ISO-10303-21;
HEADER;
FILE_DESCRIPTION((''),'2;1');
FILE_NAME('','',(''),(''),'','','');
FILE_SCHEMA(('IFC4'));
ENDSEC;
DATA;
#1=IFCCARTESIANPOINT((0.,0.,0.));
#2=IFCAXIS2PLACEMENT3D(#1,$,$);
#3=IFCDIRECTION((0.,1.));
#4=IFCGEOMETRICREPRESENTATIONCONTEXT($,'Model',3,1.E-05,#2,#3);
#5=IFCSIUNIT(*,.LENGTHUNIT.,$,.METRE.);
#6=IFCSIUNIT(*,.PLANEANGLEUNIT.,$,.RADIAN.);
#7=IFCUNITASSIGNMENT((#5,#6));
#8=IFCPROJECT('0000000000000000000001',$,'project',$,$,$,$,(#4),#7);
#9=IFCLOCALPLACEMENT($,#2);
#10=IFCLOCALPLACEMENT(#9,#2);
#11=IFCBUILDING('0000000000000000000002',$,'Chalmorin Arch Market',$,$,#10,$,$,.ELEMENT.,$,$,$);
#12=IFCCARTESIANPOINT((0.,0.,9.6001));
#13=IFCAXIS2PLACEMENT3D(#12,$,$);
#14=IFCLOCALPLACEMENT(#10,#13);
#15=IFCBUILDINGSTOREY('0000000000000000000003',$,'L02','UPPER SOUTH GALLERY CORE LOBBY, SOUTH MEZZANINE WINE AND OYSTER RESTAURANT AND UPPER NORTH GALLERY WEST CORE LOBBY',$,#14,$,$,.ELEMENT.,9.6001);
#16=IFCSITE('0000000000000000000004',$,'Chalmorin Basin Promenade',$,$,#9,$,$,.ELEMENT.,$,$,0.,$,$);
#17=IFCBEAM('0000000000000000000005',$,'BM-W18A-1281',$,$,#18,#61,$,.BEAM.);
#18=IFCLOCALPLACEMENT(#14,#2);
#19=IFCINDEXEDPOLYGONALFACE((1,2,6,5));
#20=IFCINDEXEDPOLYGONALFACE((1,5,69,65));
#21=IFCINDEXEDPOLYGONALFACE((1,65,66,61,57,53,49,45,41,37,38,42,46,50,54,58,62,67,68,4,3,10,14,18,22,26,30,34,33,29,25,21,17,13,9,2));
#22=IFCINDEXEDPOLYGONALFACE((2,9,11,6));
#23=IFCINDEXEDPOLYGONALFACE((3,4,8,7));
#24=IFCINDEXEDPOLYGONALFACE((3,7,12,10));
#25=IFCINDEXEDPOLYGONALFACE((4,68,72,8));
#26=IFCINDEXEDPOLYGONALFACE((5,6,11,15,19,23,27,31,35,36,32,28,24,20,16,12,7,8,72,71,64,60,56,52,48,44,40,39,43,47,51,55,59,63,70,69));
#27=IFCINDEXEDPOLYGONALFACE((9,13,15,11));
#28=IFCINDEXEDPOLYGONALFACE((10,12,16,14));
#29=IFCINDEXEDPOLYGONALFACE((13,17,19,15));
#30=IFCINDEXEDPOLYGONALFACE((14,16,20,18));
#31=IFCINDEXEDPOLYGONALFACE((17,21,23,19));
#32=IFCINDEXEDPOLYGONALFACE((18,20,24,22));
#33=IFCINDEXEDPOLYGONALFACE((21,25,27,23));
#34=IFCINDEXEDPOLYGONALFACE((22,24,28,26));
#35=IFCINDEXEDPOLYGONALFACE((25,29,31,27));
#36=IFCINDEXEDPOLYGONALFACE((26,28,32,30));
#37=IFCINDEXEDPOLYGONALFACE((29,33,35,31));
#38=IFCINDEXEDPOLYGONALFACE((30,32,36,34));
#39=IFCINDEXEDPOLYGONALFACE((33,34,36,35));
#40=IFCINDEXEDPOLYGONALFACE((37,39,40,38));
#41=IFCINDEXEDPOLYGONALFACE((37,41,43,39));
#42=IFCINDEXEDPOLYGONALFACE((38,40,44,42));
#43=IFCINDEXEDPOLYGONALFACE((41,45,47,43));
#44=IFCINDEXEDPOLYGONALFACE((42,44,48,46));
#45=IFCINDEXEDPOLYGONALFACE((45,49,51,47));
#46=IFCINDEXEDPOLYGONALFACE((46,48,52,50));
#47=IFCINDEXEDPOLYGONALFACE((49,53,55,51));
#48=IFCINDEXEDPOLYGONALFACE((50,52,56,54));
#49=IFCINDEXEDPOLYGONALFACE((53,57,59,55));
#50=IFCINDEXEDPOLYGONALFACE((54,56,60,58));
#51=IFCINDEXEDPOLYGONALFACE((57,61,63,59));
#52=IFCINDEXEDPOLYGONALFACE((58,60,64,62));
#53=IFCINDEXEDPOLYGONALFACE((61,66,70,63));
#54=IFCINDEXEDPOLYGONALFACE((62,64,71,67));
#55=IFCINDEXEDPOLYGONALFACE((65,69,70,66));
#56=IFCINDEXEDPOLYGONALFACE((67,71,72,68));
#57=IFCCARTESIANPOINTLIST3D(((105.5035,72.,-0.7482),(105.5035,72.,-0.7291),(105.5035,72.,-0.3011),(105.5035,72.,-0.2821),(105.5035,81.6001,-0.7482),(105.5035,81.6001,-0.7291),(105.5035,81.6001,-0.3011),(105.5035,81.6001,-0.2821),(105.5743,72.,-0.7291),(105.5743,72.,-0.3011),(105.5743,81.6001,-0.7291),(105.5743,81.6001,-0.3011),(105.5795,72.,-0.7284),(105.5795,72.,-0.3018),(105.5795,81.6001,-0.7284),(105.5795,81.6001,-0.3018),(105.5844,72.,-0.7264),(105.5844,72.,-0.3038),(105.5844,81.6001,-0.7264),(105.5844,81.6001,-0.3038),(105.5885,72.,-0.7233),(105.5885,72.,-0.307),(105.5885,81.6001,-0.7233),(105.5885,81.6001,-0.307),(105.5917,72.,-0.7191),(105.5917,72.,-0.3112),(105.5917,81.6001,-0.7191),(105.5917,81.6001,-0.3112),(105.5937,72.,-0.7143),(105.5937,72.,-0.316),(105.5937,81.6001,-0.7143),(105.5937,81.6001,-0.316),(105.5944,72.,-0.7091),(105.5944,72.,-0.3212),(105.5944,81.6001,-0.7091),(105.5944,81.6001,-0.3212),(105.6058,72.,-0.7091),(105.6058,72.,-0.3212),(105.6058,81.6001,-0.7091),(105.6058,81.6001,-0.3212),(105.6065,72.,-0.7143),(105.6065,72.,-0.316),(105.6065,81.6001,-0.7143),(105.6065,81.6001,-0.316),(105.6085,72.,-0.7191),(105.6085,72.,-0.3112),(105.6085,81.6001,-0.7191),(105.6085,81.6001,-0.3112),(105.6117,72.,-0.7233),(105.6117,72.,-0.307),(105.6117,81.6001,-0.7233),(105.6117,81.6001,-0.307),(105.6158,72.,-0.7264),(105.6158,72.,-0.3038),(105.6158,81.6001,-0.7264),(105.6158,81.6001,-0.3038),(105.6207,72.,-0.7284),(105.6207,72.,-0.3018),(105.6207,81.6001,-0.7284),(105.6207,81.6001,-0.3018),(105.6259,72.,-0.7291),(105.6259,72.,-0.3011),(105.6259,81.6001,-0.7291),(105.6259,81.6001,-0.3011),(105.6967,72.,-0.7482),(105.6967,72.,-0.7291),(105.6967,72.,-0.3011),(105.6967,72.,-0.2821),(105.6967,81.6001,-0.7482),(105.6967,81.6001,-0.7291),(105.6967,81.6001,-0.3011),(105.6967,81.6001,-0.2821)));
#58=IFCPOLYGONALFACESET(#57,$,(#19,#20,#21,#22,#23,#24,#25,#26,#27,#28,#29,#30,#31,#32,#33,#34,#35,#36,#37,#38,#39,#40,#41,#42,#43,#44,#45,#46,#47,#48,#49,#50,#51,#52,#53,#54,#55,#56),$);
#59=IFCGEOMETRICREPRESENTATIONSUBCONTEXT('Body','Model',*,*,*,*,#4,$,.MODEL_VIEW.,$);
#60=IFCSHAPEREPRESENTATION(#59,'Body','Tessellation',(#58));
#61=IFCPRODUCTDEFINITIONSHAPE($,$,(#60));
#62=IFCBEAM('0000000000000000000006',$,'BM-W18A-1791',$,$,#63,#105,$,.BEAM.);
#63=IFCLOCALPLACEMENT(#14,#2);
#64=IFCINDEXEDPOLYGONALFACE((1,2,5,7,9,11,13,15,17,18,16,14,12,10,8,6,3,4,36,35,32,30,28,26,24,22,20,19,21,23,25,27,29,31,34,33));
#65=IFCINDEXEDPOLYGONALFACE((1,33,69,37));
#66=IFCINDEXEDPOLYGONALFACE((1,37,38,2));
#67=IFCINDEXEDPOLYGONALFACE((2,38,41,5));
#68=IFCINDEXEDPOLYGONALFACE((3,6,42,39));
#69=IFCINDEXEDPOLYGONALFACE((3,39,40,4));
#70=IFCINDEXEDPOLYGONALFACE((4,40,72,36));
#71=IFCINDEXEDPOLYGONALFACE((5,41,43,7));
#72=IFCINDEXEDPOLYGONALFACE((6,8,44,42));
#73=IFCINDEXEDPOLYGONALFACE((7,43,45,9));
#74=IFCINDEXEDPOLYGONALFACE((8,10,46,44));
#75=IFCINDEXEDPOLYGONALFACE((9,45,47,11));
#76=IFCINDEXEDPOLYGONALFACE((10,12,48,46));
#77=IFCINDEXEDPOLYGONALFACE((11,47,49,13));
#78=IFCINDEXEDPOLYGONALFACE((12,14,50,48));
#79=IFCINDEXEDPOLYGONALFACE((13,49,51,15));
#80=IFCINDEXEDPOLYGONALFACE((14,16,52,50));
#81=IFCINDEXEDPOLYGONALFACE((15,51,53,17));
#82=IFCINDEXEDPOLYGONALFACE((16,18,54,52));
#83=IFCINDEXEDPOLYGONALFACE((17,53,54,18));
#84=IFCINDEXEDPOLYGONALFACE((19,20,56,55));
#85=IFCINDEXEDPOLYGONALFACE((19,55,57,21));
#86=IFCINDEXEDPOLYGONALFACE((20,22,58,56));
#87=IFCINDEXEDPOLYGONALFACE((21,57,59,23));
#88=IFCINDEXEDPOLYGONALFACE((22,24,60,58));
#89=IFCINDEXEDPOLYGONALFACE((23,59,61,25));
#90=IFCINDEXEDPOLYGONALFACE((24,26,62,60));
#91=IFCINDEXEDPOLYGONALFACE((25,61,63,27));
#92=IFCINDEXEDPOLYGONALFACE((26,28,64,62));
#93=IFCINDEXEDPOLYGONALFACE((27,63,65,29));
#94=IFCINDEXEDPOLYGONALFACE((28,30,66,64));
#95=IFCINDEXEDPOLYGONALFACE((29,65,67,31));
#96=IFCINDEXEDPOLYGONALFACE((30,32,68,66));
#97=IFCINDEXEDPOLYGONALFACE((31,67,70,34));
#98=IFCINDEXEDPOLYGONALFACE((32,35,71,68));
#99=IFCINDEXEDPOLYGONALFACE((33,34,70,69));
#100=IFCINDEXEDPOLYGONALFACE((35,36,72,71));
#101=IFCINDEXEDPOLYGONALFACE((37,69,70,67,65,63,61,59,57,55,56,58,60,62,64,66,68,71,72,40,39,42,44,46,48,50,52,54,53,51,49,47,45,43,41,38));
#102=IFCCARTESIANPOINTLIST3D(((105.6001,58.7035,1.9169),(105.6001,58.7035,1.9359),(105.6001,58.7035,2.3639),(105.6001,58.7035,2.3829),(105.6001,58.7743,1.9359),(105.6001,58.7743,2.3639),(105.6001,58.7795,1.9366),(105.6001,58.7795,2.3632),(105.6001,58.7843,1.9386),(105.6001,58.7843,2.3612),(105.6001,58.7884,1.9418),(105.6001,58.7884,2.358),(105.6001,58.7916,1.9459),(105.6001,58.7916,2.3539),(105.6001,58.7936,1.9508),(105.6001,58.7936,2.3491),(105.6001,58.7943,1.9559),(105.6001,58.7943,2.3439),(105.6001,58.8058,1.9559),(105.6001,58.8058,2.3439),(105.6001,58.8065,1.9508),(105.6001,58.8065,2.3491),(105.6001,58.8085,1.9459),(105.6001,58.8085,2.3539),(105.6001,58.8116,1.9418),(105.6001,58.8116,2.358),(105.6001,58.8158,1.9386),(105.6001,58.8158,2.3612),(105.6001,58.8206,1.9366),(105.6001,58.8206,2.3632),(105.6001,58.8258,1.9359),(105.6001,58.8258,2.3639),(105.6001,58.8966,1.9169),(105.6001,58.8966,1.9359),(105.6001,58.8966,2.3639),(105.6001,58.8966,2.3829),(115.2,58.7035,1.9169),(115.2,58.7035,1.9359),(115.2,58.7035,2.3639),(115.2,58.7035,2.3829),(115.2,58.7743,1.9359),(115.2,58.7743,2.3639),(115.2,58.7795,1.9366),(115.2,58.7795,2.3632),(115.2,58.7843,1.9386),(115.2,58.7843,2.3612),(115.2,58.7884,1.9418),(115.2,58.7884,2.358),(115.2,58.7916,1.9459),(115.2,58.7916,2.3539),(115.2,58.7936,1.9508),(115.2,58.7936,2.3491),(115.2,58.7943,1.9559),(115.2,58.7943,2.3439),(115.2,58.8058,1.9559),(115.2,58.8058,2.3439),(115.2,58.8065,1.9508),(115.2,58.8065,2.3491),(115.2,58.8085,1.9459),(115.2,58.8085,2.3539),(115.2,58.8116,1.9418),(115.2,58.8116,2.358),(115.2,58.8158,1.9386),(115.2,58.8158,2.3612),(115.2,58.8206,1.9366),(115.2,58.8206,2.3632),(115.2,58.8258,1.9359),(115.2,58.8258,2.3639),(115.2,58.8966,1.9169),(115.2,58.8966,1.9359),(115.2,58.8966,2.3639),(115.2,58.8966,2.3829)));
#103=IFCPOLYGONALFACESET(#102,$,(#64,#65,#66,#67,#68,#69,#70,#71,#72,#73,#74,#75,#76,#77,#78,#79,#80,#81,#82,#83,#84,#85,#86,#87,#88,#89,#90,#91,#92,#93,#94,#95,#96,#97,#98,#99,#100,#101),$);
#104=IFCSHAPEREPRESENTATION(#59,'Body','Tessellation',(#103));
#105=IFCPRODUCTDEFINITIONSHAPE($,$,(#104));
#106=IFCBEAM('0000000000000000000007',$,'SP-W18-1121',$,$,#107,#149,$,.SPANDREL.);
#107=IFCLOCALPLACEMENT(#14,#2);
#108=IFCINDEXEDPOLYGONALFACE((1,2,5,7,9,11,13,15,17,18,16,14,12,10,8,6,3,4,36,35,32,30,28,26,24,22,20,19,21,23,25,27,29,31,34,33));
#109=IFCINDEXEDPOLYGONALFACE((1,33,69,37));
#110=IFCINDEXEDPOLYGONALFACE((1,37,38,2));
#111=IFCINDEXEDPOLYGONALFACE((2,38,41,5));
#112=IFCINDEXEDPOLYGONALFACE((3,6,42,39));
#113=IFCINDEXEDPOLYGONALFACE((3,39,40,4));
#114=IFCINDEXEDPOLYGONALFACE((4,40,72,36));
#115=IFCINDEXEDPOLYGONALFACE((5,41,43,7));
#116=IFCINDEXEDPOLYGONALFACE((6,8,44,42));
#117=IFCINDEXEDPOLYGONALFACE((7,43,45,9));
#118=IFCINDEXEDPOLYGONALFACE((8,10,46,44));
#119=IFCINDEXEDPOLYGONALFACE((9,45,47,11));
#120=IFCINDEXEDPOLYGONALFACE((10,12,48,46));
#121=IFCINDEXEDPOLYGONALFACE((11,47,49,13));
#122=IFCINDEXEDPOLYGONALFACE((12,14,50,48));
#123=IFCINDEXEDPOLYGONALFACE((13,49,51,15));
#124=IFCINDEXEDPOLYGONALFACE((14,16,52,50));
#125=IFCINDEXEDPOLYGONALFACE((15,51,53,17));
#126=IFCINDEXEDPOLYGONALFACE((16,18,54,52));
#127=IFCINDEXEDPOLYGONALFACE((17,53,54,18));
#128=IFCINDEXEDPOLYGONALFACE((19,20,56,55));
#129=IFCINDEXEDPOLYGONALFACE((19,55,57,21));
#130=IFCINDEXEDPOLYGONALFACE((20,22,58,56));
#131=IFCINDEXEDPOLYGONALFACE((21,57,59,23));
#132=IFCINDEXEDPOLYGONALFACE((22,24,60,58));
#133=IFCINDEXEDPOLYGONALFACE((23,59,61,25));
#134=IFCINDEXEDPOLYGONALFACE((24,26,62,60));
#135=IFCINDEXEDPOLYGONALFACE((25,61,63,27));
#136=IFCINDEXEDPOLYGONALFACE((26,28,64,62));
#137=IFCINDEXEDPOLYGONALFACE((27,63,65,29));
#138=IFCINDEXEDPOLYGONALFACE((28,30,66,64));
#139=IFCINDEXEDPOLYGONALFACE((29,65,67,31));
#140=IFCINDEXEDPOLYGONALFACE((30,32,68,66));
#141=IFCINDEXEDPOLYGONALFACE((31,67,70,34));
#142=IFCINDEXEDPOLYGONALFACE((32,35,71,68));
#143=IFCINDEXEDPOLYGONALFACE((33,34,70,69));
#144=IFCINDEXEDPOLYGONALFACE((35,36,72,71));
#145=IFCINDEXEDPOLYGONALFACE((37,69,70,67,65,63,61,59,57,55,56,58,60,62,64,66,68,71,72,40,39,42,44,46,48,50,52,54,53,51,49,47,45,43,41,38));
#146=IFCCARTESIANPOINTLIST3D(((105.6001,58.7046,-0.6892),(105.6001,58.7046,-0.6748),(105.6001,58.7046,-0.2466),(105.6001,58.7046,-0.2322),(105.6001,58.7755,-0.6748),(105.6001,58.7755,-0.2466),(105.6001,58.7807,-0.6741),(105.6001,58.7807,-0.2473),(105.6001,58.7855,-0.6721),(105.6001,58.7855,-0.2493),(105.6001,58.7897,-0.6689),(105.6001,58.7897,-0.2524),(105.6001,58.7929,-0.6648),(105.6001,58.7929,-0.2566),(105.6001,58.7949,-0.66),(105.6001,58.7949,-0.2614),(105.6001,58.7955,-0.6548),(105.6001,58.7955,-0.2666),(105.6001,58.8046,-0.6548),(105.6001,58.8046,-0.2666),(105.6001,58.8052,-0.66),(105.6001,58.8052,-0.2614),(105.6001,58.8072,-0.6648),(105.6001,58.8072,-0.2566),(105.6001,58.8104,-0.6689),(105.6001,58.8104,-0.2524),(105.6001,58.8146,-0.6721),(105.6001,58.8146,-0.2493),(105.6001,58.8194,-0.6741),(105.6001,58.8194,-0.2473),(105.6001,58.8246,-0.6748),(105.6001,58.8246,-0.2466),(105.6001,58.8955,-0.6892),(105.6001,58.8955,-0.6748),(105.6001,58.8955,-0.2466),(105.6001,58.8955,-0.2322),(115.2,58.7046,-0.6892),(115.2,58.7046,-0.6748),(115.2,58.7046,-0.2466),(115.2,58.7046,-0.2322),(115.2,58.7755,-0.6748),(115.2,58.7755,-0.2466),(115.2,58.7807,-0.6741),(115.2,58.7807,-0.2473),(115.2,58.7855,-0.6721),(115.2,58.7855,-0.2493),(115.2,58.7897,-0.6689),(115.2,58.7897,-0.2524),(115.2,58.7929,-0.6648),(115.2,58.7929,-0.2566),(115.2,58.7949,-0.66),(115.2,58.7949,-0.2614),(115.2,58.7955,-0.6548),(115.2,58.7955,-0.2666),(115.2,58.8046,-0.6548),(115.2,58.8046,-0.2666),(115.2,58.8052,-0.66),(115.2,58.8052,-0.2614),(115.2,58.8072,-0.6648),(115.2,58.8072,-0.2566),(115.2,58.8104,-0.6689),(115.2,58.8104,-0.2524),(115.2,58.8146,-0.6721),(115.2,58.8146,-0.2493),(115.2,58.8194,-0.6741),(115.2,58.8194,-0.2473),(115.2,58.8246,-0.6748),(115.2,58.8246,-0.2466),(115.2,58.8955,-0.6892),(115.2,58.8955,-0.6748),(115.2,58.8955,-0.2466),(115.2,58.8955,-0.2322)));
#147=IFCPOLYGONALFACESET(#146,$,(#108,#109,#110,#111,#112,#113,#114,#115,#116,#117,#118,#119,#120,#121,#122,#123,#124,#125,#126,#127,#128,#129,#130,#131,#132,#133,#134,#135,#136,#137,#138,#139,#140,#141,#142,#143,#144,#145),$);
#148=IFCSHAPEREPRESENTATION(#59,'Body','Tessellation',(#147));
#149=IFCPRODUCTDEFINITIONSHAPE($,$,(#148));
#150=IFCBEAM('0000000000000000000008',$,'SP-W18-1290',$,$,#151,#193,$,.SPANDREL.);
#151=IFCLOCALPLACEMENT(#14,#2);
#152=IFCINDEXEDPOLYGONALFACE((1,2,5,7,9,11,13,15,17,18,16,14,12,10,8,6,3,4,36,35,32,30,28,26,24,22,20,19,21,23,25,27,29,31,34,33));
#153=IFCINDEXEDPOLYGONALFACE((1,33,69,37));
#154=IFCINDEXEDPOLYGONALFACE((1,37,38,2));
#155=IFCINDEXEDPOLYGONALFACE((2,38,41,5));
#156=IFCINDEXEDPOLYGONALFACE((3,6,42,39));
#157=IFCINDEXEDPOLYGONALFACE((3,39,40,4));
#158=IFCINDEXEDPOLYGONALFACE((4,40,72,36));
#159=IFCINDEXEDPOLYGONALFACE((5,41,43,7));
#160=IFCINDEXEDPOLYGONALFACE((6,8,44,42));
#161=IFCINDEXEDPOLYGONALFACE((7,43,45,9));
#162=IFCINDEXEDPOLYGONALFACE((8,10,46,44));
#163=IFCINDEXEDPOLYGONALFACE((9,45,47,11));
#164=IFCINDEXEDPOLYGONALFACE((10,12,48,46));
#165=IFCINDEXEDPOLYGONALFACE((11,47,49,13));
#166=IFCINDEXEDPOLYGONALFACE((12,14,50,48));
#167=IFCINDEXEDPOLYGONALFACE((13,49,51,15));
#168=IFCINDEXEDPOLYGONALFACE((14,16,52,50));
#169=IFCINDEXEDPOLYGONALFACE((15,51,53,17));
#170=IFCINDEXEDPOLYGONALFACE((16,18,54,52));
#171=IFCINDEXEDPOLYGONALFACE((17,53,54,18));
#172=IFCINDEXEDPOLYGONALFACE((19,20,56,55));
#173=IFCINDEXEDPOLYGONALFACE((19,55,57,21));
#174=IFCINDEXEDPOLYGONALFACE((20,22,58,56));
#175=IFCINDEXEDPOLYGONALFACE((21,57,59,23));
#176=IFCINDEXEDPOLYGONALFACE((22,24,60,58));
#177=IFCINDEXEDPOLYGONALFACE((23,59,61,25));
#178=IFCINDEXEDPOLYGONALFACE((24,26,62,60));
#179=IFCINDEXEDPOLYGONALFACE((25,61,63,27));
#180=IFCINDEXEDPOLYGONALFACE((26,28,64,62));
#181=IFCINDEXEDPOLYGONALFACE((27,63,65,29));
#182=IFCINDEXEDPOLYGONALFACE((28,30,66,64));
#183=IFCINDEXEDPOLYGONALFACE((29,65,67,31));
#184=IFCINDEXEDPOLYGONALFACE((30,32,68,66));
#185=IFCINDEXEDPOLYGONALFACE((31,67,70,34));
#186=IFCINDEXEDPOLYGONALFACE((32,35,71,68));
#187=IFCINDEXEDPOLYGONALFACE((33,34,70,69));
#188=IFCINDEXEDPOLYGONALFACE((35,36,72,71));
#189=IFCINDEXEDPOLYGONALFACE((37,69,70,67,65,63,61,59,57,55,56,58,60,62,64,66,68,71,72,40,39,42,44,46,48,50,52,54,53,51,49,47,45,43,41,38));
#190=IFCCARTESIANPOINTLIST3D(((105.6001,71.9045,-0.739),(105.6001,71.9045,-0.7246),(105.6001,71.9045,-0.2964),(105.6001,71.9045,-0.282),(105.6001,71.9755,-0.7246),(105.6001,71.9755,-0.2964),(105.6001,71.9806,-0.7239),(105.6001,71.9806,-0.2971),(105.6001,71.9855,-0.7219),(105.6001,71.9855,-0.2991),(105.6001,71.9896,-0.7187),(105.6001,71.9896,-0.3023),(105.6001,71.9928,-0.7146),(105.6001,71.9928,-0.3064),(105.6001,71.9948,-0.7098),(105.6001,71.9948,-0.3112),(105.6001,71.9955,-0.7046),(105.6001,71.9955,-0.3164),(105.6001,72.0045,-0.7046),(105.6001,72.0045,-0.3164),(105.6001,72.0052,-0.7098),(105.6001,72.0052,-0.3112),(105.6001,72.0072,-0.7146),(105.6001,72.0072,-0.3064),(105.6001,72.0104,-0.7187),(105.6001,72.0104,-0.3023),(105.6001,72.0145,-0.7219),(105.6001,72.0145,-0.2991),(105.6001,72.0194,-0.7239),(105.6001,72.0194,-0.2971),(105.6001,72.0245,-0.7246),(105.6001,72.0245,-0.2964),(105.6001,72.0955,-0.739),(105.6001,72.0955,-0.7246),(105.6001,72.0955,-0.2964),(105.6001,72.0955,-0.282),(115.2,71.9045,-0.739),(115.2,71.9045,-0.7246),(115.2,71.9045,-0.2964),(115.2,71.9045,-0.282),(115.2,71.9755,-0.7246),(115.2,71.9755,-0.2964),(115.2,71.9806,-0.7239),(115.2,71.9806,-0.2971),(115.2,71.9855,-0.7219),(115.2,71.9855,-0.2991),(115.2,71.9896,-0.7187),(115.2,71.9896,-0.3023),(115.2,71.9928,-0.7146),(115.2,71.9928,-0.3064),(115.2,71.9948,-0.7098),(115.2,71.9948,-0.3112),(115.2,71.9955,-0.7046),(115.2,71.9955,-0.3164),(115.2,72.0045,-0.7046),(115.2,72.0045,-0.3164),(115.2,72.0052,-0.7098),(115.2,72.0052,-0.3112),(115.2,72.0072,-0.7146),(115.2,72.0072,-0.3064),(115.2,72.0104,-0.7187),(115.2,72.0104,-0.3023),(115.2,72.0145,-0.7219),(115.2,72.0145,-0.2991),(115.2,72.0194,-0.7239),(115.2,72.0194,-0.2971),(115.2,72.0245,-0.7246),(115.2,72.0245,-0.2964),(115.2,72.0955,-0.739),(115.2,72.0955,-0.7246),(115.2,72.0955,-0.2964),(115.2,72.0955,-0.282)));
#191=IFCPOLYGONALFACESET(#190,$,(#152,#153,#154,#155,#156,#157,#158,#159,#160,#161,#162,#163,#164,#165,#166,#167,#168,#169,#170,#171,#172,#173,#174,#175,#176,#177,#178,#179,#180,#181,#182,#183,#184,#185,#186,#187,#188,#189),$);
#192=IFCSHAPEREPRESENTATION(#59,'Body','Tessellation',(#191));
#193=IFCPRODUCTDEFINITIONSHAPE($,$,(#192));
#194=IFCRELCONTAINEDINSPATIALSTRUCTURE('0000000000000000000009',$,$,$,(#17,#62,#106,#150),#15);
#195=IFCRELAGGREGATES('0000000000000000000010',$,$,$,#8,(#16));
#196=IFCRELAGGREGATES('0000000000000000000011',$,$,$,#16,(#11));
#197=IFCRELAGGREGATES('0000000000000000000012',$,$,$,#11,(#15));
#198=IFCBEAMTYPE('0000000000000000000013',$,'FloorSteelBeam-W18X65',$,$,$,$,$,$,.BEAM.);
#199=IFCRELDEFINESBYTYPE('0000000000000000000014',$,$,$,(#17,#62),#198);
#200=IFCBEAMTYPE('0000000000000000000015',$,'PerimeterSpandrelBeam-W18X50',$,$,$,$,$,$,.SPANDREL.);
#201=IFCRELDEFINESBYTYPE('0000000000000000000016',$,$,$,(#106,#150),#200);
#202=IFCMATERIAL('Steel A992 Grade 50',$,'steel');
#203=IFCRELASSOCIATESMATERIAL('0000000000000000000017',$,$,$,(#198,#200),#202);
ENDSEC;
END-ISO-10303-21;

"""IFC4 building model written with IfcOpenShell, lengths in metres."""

from ifc_helpers import new_model, si_unit, direction, frame, origin, origin_2d, place, context, subcontext, project, spatial, i_section, extrude, material, material_profile, profile_set, type_object, element, save


model = new_model("IFC4")

# Units and contexts
model_context = context("Model", 3, precision=1e-05, world=origin(), true_north=direction((0.0, 1.0)))
body_context = subcontext(model_context, "Body", "Model", "MODEL_VIEW")
ifc_project = project(units=[si_unit("LENGTHUNIT", "METRE"), si_unit("PLANEANGLEUNIT", "RADIAN")], contexts=[model_context])

# Site, building, storey
site_placement = place(None, origin())
site = spatial("IfcSite", under=ifc_project, at=site_placement, Name="Chalmorin Basin Promenade", CompositionType="ELEMENT", RefElevation=0.0)
building_placement = place(site_placement, origin())
building = spatial("IfcBuilding", under=site, at=building_placement, Name="Chalmorin Arch Market", CompositionType="ELEMENT")
storey_placement = place(building_placement, frame((0.0, 0.0, 9.6001)))
storey = spatial("IfcBuildingStorey", under=building, at=storey_placement, Name="L02", Description="UPPER SOUTH GALLERY CORE LOBBY, SOUTH MEZZANINE WINE AND OYSTER RESTAURANT AND UPPER NORTH GALLERY WEST CORE LOBBY", CompositionType="ELEMENT", Elevation=9.6001)

# Beams
ifc_material_1 = material(Name="Steel A992 Grade 50", Category="steel")
ifc_material_profile_1 = material_profile(ifc_material_1, i_section(OverallWidth=0.1931, OverallDepth=0.4661, WebThickness=0.0115, FlangeThickness=0.019, FilletRadius=0.02, at=origin_2d()), Name="W18X65")
ifc_profile_set_1 = profile_set([ifc_material_profile_1], Name="Steel A992 Grade 50")
beam_type_1 = type_object("IfcBeamType", Name="FloorSteelBeam-W18X65", PredefinedType="BEAM", material=ifc_profile_set_1)
beam_1_placement = place(storey_placement, frame((105.6001, 72.0, -0.5151), z_axis=(0.0, 1.0, 0.0), x_axis=(-1.0, 0.0, 0.0)))
element("IfcBeam", 1, at=beam_1_placement, inside=storey, type_object=beam_type_1, Name="BM-W18A-1281", PredefinedType="BEAM", context=body_context, shape_type="SweptSolid", body=[
    extrude(i_section(OverallWidth=0.1931, OverallDepth=0.4661, WebThickness=0.0115, FlangeThickness=0.019, FilletRadius=0.02, at=origin_2d()), origin(), (0.0, 0.0, 1.0), 9.6001),
])
beam_2_placement = place(storey_placement, frame((105.6001, 58.8, 2.1499), z_axis=(1.0, 0.0, 0.0), x_axis=(0.0, 1.0, 0.0)))
element("IfcBeam", 2, at=beam_2_placement, inside=storey, type_object=beam_type_1, Name="BM-W18A-1791", PredefinedType="BEAM", context=body_context, shape_type="SweptSolid", body=[
    extrude(i_section(OverallWidth=0.1931, OverallDepth=0.4661, WebThickness=0.0115, FlangeThickness=0.019, FilletRadius=0.02, at=origin_2d()), origin(), (0.0, 0.0, 1.0), 9.5999),
])
ifc_material_profile_2 = material_profile(ifc_material_1, i_section(OverallWidth=0.1909, OverallDepth=0.457, WebThickness=0.009, FlangeThickness=0.0144, FilletRadius=0.02, at=origin_2d()), Name="W18X50")
ifc_profile_set_2 = profile_set([ifc_material_profile_2], Name="Steel A992 Grade 50")
beam_type_2 = type_object("IfcBeamType", Name="PerimeterSpandrelBeam-W18X50", PredefinedType="SPANDREL", material=ifc_profile_set_2)
for number, where, z_axis, x_axis, name in (
    (3, (105.6001, 58.8, -0.4607), (1.0, 0.0, 0.0), (0.0, 1.0, 0.0), "SP-W18-1121"),
    (4, (105.6001, 72.0, -0.5105), (1.0, 0.0, 0.0), (0.0, 1.0, 0.0), "SP-W18-1290"),
):
    element("IfcBeam", number, at=place(storey_placement, frame(where, z_axis=z_axis, x_axis=x_axis)), inside=storey, type_object=beam_type_2, Name=name, PredefinedType="SPANDREL", context=body_context, shape_type="SweptSolid", body=[
        extrude(i_section(OverallWidth=0.1909, OverallDepth=0.457, WebThickness=0.009, FlangeThickness=0.0144, FilletRadius=0.02, at=origin_2d()), origin(), (0.0, 0.0, 1.0), 9.5999),
    ])

save(model, "model.ifc")
